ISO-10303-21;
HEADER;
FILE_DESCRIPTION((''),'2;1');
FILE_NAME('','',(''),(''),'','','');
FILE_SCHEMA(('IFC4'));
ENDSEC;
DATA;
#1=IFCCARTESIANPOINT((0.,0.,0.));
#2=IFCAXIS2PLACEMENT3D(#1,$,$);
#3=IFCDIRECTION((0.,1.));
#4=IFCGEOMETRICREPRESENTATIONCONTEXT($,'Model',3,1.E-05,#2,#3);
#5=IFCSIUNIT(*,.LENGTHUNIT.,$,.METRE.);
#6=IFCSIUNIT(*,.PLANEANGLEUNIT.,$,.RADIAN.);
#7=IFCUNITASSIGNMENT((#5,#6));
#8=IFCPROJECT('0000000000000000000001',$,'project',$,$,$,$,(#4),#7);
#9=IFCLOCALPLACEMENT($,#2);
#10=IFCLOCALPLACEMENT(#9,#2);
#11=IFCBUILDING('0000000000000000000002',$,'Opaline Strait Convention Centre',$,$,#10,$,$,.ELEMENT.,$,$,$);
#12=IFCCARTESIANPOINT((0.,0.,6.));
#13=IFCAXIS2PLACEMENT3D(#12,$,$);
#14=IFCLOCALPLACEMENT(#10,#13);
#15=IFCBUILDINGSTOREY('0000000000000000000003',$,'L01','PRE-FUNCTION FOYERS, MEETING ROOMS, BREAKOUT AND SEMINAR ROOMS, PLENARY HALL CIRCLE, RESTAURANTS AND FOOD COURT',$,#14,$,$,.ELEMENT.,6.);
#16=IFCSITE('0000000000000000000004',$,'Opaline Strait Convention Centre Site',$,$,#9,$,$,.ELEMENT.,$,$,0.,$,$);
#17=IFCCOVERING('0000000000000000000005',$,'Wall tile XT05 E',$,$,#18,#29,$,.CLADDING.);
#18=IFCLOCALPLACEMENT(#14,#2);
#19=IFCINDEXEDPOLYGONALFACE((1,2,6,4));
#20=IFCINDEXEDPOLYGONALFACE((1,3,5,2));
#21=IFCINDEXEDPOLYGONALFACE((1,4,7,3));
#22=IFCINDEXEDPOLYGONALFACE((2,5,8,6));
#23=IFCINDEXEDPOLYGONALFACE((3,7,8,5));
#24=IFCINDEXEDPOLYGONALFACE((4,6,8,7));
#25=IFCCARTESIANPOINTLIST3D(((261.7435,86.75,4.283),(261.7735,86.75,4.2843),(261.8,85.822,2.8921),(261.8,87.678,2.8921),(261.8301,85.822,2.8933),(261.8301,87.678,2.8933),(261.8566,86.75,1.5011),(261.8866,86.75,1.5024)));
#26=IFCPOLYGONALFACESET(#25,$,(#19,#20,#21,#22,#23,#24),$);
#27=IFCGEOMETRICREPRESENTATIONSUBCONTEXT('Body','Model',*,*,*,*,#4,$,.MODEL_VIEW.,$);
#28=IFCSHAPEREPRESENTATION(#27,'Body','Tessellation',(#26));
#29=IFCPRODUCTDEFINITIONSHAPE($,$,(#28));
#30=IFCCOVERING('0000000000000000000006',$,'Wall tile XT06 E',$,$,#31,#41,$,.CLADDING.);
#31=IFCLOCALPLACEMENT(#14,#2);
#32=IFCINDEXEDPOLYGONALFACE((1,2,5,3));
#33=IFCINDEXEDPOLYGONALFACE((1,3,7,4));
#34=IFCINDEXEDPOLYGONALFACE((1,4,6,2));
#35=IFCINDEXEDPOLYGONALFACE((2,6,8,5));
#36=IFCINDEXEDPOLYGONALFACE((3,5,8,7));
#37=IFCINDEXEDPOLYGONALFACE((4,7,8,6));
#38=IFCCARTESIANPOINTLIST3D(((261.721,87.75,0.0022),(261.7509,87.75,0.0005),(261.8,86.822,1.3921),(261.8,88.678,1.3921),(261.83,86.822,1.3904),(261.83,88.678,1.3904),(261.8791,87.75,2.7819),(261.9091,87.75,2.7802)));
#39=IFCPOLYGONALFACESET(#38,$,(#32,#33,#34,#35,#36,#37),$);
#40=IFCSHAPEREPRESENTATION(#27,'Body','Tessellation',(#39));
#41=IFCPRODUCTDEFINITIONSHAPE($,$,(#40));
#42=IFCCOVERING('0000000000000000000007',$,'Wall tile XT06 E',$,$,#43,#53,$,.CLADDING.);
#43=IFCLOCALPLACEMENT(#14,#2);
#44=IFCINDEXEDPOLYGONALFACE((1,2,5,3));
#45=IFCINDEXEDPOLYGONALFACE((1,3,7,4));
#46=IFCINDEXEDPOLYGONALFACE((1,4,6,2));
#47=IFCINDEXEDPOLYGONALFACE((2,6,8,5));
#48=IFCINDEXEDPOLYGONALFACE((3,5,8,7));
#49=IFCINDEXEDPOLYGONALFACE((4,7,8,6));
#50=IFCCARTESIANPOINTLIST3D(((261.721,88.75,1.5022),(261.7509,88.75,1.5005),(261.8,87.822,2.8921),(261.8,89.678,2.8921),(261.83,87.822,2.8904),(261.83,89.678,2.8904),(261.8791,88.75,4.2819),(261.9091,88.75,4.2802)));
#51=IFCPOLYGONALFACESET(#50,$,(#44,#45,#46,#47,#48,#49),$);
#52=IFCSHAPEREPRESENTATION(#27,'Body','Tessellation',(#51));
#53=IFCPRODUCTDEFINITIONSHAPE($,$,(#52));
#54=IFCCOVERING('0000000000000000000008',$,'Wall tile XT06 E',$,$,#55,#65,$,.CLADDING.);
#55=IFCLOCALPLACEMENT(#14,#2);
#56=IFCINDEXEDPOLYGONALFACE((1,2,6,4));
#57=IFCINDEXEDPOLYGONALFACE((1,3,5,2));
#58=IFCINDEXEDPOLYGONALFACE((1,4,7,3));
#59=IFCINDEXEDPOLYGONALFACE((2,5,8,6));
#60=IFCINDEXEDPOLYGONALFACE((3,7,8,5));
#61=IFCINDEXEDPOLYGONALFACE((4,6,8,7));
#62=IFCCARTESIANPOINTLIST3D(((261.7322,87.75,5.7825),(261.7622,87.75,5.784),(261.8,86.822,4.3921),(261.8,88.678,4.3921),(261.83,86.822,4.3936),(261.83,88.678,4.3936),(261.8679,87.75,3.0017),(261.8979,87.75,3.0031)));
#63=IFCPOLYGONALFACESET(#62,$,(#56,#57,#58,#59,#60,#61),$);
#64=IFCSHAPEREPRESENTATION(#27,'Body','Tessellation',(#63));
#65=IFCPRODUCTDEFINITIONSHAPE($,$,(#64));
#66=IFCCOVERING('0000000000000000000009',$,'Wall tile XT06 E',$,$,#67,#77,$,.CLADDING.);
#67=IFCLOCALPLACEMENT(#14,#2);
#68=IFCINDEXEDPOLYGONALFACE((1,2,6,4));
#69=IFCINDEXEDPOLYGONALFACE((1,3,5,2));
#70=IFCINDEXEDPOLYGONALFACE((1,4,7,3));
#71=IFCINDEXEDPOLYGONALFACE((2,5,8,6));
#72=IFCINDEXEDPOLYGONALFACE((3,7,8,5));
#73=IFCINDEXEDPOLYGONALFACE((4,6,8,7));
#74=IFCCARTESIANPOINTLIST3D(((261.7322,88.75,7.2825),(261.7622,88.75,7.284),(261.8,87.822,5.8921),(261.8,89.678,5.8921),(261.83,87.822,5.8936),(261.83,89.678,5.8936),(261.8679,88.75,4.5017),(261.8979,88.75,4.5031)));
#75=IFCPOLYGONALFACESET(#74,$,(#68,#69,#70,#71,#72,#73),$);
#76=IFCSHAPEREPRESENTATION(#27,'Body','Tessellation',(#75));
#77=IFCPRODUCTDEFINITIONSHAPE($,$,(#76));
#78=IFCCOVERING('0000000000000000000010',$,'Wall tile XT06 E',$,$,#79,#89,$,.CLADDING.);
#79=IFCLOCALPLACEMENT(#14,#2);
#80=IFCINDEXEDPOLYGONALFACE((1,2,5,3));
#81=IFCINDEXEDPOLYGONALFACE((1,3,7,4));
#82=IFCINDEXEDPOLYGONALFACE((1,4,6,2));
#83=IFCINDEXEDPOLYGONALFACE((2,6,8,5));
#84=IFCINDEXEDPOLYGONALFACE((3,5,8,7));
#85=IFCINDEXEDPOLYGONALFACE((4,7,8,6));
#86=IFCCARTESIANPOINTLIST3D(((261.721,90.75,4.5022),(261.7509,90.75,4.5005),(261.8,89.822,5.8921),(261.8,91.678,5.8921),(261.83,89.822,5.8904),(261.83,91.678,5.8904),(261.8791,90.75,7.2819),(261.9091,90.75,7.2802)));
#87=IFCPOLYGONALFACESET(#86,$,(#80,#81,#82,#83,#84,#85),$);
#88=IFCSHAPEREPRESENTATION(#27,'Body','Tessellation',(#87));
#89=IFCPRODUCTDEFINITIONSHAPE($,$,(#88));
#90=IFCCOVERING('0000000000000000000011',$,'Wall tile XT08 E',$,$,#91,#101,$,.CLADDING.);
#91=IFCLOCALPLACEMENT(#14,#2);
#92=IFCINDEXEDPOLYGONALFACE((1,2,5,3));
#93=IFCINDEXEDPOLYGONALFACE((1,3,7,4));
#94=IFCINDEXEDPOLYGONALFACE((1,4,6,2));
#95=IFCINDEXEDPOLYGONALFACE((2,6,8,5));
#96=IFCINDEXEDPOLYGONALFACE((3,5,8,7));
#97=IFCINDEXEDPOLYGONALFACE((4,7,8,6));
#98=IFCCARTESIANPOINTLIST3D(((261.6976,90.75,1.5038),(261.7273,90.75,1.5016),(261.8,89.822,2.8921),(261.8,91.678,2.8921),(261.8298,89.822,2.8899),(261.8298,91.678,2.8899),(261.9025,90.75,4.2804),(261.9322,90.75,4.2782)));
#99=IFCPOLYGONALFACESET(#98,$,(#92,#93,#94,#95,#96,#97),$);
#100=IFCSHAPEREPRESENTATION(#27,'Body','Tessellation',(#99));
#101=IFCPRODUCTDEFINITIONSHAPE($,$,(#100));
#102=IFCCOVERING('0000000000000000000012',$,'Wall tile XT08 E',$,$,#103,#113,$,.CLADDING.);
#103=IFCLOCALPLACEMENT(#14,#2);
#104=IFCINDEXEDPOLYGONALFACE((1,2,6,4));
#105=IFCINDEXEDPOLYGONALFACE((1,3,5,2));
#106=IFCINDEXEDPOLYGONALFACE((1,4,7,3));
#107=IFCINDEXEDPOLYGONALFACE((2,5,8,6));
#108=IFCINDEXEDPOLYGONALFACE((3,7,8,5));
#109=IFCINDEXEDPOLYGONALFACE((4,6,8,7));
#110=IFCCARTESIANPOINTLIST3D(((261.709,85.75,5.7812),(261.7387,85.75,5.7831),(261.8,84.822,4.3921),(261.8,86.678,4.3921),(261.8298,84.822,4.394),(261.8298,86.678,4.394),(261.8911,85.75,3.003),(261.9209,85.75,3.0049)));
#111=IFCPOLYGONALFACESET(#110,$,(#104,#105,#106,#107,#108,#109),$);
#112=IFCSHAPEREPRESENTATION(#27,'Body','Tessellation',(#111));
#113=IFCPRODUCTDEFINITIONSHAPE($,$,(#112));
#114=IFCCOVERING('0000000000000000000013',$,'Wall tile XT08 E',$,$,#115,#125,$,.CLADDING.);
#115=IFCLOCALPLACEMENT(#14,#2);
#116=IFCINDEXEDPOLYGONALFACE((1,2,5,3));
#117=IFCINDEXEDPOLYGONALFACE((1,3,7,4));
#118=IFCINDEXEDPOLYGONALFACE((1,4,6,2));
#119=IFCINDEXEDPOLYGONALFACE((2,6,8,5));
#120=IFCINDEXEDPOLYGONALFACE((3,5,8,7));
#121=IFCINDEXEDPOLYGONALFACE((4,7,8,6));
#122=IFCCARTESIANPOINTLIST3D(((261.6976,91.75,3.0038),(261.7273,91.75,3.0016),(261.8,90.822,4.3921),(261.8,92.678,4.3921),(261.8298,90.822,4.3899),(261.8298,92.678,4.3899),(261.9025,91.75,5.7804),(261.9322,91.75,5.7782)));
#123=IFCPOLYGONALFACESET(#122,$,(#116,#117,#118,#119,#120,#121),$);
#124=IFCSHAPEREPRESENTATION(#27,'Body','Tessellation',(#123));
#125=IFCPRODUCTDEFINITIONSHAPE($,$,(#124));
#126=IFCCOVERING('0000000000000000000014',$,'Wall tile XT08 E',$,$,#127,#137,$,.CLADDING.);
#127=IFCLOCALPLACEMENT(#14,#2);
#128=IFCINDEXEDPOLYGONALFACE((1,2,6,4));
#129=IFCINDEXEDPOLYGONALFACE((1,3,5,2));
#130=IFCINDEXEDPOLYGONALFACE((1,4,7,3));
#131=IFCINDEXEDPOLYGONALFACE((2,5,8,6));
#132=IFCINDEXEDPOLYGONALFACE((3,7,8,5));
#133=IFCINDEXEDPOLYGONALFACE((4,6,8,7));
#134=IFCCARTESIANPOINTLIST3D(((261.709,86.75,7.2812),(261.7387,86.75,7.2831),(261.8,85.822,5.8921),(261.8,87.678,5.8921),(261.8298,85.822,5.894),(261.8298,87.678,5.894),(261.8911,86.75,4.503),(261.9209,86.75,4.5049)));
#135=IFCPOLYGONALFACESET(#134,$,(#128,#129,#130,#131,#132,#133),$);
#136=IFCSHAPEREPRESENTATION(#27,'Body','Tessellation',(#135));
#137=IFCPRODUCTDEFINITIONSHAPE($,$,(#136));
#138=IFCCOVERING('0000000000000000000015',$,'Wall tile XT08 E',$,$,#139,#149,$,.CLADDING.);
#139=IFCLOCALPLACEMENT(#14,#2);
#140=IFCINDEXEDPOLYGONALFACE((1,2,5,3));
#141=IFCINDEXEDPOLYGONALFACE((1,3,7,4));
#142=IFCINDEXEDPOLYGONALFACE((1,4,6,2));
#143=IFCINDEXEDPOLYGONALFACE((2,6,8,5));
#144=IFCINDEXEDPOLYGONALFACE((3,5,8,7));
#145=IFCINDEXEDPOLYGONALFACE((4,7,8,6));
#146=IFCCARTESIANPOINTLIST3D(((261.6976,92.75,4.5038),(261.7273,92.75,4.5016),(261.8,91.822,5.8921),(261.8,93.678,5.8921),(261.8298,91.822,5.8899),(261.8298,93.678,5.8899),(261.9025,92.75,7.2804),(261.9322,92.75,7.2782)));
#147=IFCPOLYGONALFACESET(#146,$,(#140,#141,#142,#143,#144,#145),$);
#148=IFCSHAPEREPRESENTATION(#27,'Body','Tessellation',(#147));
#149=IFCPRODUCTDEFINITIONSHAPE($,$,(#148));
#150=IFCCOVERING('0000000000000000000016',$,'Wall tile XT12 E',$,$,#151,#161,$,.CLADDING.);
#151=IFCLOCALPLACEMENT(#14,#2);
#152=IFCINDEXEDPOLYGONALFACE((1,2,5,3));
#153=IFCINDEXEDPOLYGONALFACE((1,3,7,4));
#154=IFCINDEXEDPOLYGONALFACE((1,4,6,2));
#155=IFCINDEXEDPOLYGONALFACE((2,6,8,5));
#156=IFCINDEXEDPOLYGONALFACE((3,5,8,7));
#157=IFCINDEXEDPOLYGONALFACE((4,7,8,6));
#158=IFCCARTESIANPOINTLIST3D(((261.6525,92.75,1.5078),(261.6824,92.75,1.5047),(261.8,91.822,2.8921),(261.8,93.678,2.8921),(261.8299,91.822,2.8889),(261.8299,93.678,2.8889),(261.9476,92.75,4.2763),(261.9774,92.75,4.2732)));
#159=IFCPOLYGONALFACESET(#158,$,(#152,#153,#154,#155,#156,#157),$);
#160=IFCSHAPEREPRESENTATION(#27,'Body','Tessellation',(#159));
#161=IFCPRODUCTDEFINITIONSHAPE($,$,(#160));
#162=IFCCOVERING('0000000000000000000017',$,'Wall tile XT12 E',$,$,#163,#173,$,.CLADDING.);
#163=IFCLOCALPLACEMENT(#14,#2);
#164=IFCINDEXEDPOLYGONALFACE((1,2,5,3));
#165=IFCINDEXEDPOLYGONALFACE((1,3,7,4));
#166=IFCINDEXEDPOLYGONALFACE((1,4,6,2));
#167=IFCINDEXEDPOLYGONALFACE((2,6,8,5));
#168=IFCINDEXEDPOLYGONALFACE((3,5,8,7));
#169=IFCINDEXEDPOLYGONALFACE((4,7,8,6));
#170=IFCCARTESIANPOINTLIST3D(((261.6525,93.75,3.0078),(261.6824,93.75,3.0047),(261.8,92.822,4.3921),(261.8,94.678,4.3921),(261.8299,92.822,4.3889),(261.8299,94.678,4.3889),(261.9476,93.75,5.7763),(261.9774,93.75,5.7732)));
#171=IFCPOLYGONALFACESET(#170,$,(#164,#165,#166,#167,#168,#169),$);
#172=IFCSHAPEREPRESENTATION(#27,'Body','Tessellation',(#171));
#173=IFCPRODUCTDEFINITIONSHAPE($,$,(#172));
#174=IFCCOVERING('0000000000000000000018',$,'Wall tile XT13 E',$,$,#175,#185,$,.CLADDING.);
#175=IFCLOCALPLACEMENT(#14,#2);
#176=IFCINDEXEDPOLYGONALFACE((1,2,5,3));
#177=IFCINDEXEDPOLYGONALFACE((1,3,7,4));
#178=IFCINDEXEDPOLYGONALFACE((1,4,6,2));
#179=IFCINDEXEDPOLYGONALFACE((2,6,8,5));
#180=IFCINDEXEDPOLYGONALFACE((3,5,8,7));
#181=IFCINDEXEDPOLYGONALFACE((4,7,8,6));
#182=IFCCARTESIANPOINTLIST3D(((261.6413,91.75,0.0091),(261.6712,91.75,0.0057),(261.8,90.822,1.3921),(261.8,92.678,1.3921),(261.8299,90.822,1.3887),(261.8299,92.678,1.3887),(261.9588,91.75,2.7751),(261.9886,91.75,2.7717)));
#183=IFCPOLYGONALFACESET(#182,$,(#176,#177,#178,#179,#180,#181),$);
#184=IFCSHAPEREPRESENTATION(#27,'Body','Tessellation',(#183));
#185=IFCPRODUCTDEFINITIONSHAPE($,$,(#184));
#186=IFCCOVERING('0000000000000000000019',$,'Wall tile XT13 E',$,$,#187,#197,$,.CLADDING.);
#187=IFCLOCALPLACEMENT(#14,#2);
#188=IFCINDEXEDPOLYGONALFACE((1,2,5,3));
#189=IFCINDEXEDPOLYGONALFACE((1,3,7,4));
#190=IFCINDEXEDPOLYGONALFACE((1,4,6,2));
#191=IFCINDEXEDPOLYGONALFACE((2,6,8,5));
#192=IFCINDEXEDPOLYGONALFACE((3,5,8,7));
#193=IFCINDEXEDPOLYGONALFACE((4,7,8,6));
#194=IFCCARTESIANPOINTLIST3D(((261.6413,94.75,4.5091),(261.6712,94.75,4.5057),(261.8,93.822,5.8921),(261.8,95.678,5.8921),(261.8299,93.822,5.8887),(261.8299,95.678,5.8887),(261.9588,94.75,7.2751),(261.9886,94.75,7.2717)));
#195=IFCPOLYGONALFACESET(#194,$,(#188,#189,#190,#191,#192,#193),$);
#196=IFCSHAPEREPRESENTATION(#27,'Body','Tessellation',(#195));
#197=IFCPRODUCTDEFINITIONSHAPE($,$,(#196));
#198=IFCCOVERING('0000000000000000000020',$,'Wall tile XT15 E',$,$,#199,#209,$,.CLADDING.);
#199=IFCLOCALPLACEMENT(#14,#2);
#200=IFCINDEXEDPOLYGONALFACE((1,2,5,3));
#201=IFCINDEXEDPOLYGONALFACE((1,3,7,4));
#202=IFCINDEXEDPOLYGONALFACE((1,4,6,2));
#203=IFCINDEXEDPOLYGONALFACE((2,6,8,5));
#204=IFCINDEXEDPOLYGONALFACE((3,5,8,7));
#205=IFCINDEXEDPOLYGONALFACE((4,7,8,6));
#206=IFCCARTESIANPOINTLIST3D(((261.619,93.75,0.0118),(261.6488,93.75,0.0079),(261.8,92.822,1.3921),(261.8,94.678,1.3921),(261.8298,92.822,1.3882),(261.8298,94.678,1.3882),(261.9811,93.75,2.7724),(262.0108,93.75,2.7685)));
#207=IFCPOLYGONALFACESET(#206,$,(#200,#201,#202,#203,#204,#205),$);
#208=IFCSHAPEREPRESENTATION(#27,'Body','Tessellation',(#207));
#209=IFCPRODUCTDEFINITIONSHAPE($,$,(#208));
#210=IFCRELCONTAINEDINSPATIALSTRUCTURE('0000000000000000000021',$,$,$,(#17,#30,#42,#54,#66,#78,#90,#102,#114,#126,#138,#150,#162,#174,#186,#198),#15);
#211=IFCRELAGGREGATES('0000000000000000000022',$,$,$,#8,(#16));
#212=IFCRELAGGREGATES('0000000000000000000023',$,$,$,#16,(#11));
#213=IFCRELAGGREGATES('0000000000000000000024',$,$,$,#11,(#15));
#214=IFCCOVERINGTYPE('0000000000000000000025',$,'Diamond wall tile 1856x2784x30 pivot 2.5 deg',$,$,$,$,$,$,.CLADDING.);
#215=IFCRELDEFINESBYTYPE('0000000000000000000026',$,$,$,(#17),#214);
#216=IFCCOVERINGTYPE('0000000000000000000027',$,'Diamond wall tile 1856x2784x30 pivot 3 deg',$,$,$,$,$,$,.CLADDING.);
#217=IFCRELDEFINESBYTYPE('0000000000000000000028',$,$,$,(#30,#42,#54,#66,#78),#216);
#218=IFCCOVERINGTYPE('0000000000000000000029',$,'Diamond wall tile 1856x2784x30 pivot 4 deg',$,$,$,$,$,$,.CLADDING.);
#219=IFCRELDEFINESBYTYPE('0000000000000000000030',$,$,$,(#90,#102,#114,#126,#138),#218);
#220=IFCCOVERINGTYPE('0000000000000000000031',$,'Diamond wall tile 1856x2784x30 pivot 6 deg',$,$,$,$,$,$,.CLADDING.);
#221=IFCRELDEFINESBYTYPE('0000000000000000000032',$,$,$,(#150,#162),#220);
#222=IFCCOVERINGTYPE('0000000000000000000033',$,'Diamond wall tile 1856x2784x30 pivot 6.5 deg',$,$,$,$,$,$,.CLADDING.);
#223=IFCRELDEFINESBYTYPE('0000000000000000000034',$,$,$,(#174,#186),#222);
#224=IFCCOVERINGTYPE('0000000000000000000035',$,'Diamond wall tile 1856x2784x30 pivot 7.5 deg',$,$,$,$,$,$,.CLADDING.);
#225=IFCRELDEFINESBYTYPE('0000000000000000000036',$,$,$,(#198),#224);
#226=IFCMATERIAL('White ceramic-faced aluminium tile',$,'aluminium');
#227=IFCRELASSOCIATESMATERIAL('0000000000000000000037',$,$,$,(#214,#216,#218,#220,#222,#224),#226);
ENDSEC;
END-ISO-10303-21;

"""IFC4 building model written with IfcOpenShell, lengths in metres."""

from ifc_helpers import new_model, si_unit, direction, frame, origin, place, context, subcontext, project, spatial, polyline, outline, extrude, material, material_profile, profile_set, type_object, element, save


model = new_model("IFC4")

# Units and contexts
model_context = context("Model", 3, precision=1e-05, world=origin(), true_north=direction((0.0, 1.0)))
body_context = subcontext(model_context, "Body", "Model", "MODEL_VIEW")
ifc_project = project(units=[si_unit("LENGTHUNIT", "METRE"), si_unit("PLANEANGLEUNIT", "RADIAN")], contexts=[model_context])

# Site, building, storey
site_placement = place(None, origin())
site = spatial("IfcSite", under=ifc_project, at=site_placement, Name="Opaline Strait Convention Centre Site", CompositionType="ELEMENT", RefElevation=0.0)
building_placement = place(site_placement, origin())
building = spatial("IfcBuilding", under=site, at=building_placement, Name="Opaline Strait Convention Centre", CompositionType="ELEMENT")
storey_placement = place(building_placement, frame((0.0, 0.0, 6.0)))
storey = spatial("IfcBuildingStorey", under=building, at=storey_placement, Name="L01", Description="PRE-FUNCTION FOYERS, MEETING ROOMS, BREAKOUT AND SEMINAR ROOMS, PLENARY HALL CIRCLE, RESTAURANTS AND FOOD COURT", CompositionType="ELEMENT", Elevation=6.0)

# Coverings
ifc_material = material(Name="White ceramic-faced aluminium tile", Category="aluminium")
ifc_material_profile_1 = material_profile(ifc_material, outline(polyline([(0.928, 0.0), (0.0, 1.3921), (-0.928, 0.0), (0.0, -1.3921), (0.928, 0.0)])), Name="Diamond tile 1856x2784")
ifc_profile_set_1 = profile_set([ifc_material_profile_1], Name="White ceramic-faced aluminium tile")
covering_type_1 = type_object("IfcCoveringType", Name="Diamond wall tile 1856x2784x30 pivot 2.5 deg", PredefinedType="CLADDING", material=ifc_profile_set_1)
covering_1_placement = place(storey_placement, frame((261.8, 86.75, 2.8921), z_axis=(0.999175, 0.0, 0.040617), x_axis=(0.0, 1.0, 0.0)))
element("IfcCovering", 1, at=covering_1_placement, inside=storey, type_object=covering_type_1, Name="Wall tile XT05 E", PredefinedType="CLADDING", context=body_context, shape_type="SweptSolid", body=[
    extrude(outline(polyline([(0.928, 0.0), (0.0, 1.3921), (-0.928, 0.0), (0.0, -1.3921), (0.928, 0.0)])), origin(), (0.0, 0.0, 1.0), 0.03),
])
ifc_material_profile_2 = material_profile(ifc_material, outline(polyline([(0.928, 0.0), (0.0, 1.3921), (-0.928, 0.0), (0.0, -1.3921), (0.928, 0.0)])), Name="Diamond tile 1856x2784")
ifc_profile_set_2 = profile_set([ifc_material_profile_2], Name="White ceramic-faced aluminium tile")
covering_type_2 = type_object("IfcCoveringType", Name="Diamond wall tile 1856x2784x30 pivot 3 deg", PredefinedType="CLADDING", material=ifc_profile_set_2)
for number, where, z_axis, x_axis, name in (
    (2, (261.8, 87.75, 1.3921), (0.998385, 0.0, -0.056819), (0.0, 1.0, 0.0), "Wall tile XT06 E"),
    (3, (261.8, 88.75, 2.8921), (0.998385, 0.0, -0.056819), (0.0, 1.0, 0.0), "Wall tile XT06 E"),
    (4, (261.8, 87.75, 4.3921), (0.998812, 0.0, 0.048723), (0.0, 1.0, 0.0), "Wall tile XT06 E"),
    (5, (261.8, 88.75, 5.8921), (0.998812, 0.0, 0.048723), (0.0, 1.0, 0.0), "Wall tile XT06 E"),
    (6, (261.8, 90.75, 5.8921), (0.998385, 0.0, -0.056819), (0.0, 1.0, 0.0), "Wall tile XT06 E"),
):
    element("IfcCovering", number, at=place(storey_placement, frame(where, z_axis=z_axis, x_axis=x_axis)), inside=storey, type_object=covering_type_2, Name=name, PredefinedType="CLADDING", context=body_context, shape_type="SweptSolid", body=[
        extrude(outline(polyline([(0.928, 0.0), (0.0, 1.3921), (-0.928, 0.0), (0.0, -1.3921), (0.928, 0.0)])), origin(), (0.0, 0.0, 1.0), 0.03),
    ])
ifc_material_profile_3 = material_profile(ifc_material, outline(polyline([(0.928, 0.0), (0.0, 1.3921), (-0.928, 0.0), (0.0, -1.3921), (0.928, 0.0)])), Name="Diamond tile 1856x2784")
ifc_profile_set_3 = profile_set([ifc_material_profile_3], Name="White ceramic-faced aluminium tile")
covering_type_3 = type_object("IfcCoveringType", Name="Diamond wall tile 1856x2784x30 pivot 4 deg", PredefinedType="CLADDING", material=ifc_profile_set_3)
for number, where, z_axis, x_axis, name in (
    (7, (261.8, 90.75, 2.8921), (0.99729, 0.0, -0.073571), (0.0, 1.0, 0.0), "Wall tile XT08 E"),
    (8, (261.8, 85.75, 4.3921), (0.997857, 0.0, 0.065433), (0.0, 1.0, 0.0), "Wall tile XT08 E"),
    (9, (261.8, 91.75, 4.3921), (0.99729, 0.0, -0.073571), (0.0, 1.0, 0.0), "Wall tile XT08 E"),
    (10, (261.8, 86.75, 5.8921), (0.997857, 0.0, 0.065433), (0.0, 1.0, 0.0), "Wall tile XT08 E"),
    (11, (261.8, 92.75, 5.8921), (0.99729, 0.0, -0.073571), (0.0, 1.0, 0.0), "Wall tile XT08 E"),
):
    element("IfcCovering", number, at=place(storey_placement, frame(where, z_axis=z_axis, x_axis=x_axis)), inside=storey, type_object=covering_type_3, Name=name, PredefinedType="CLADDING", context=body_context, shape_type="SweptSolid", body=[
        extrude(outline(polyline([(0.928, 0.0), (0.0, 1.3921), (-0.928, 0.0), (0.0, -1.3921), (0.928, 0.0)])), origin(), (0.0, 0.0, 1.0), 0.0298),
    ])
ifc_material_profile_4 = material_profile(ifc_material, outline(polyline([(0.928, 0.0), (0.0, 1.3921), (-0.928, 0.0), (0.0, -1.3921), (0.928, 0.0)])), Name="Diamond tile 1856x2784")
ifc_profile_set_4 = profile_set([ifc_material_profile_4], Name="White ceramic-faced aluminium tile")
covering_type_4 = type_object("IfcCoveringType", Name="Diamond wall tile 1856x2784x30 pivot 6 deg", PredefinedType="CLADDING", material=ifc_profile_set_4)
for number, where, z_axis, x_axis, name in (
    (12, (261.8, 92.75, 2.8921), (0.994371, 0.0, -0.105958), (0.0, 1.0, 0.0), "Wall tile XT12 E"),
    (13, (261.8, 93.75, 4.3921), (0.994371, 0.0, -0.105958), (0.0, 1.0, 0.0), "Wall tile XT12 E"),
):
    element("IfcCovering", number, at=place(storey_placement, frame(where, z_axis=z_axis, x_axis=x_axis)), inside=storey, type_object=covering_type_4, Name=name, PredefinedType="CLADDING", context=body_context, shape_type="SweptSolid", body=[
        extrude(outline(polyline([(0.928, 0.0), (0.0, 1.3921), (-0.928, 0.0), (0.0, -1.3921), (0.928, 0.0)])), origin(), (0.0, 0.0, 1.0), 0.03),
    ])
ifc_material_profile_5 = material_profile(ifc_material, outline(polyline([(0.928, 0.0), (0.0, 1.3921), (-0.928, 0.0), (0.0, -1.3921), (0.928, 0.0)])), Name="Diamond tile 1856x2784")
ifc_profile_set_5 = profile_set([ifc_material_profile_5], Name="White ceramic-faced aluminium tile")
covering_type_5 = type_object("IfcCoveringType", Name="Diamond wall tile 1856x2784x30 pivot 6.5 deg", PredefinedType="CLADDING", material=ifc_profile_set_5)
for number, where, z_axis, x_axis, name in (
    (14, (261.8, 91.75, 1.3921), (0.99348, 0.0, -0.114006), (0.0, 1.0, 0.0), "Wall tile XT13 E"),
    (15, (261.8, 94.75, 5.8921), (0.99348, 0.0, -0.114006), (0.0, 1.0, 0.0), "Wall tile XT13 E"),
):
    element("IfcCovering", number, at=place(storey_placement, frame(where, z_axis=z_axis, x_axis=x_axis)), inside=storey, type_object=covering_type_5, Name=name, PredefinedType="CLADDING", context=body_context, shape_type="SweptSolid", body=[
        extrude(outline(polyline([(0.928, 0.0), (0.0, 1.3921), (-0.928, 0.0), (0.0, -1.3921), (0.928, 0.0)])), origin(), (0.0, 0.0, 1.0), 0.03),
    ])
ifc_material_profile_6 = material_profile(ifc_material, outline(polyline([(0.928, 0.0), (0.0, 1.3921), (-0.928, 0.0), (0.0, -1.3921), (0.928, 0.0)])), Name="Diamond tile 1856x2784")
ifc_profile_set_6 = profile_set([ifc_material_profile_6], Name="White ceramic-faced aluminium tile")
covering_type_6 = type_object("IfcCoveringType", Name="Diamond wall tile 1856x2784x30 pivot 7.5 deg", PredefinedType="CLADDING", material=ifc_profile_set_6)
covering_2_placement = place(storey_placement, frame((261.8, 93.75, 1.3921), z_axis=(0.99151, 0.0, -0.130034), x_axis=(0.0, 1.0, 0.0)))
element("IfcCovering", 16, at=covering_2_placement, inside=storey, type_object=covering_type_6, Name="Wall tile XT15 E", PredefinedType="CLADDING", context=body_context, shape_type="SweptSolid", body=[
    extrude(outline(polyline([(0.928, 0.0), (0.0, 1.3921), (-0.928, 0.0), (0.0, -1.3921), (0.928, 0.0)])), origin(), (0.0, 0.0, 1.0), 0.03),
])

save(model, "model.ifc")
